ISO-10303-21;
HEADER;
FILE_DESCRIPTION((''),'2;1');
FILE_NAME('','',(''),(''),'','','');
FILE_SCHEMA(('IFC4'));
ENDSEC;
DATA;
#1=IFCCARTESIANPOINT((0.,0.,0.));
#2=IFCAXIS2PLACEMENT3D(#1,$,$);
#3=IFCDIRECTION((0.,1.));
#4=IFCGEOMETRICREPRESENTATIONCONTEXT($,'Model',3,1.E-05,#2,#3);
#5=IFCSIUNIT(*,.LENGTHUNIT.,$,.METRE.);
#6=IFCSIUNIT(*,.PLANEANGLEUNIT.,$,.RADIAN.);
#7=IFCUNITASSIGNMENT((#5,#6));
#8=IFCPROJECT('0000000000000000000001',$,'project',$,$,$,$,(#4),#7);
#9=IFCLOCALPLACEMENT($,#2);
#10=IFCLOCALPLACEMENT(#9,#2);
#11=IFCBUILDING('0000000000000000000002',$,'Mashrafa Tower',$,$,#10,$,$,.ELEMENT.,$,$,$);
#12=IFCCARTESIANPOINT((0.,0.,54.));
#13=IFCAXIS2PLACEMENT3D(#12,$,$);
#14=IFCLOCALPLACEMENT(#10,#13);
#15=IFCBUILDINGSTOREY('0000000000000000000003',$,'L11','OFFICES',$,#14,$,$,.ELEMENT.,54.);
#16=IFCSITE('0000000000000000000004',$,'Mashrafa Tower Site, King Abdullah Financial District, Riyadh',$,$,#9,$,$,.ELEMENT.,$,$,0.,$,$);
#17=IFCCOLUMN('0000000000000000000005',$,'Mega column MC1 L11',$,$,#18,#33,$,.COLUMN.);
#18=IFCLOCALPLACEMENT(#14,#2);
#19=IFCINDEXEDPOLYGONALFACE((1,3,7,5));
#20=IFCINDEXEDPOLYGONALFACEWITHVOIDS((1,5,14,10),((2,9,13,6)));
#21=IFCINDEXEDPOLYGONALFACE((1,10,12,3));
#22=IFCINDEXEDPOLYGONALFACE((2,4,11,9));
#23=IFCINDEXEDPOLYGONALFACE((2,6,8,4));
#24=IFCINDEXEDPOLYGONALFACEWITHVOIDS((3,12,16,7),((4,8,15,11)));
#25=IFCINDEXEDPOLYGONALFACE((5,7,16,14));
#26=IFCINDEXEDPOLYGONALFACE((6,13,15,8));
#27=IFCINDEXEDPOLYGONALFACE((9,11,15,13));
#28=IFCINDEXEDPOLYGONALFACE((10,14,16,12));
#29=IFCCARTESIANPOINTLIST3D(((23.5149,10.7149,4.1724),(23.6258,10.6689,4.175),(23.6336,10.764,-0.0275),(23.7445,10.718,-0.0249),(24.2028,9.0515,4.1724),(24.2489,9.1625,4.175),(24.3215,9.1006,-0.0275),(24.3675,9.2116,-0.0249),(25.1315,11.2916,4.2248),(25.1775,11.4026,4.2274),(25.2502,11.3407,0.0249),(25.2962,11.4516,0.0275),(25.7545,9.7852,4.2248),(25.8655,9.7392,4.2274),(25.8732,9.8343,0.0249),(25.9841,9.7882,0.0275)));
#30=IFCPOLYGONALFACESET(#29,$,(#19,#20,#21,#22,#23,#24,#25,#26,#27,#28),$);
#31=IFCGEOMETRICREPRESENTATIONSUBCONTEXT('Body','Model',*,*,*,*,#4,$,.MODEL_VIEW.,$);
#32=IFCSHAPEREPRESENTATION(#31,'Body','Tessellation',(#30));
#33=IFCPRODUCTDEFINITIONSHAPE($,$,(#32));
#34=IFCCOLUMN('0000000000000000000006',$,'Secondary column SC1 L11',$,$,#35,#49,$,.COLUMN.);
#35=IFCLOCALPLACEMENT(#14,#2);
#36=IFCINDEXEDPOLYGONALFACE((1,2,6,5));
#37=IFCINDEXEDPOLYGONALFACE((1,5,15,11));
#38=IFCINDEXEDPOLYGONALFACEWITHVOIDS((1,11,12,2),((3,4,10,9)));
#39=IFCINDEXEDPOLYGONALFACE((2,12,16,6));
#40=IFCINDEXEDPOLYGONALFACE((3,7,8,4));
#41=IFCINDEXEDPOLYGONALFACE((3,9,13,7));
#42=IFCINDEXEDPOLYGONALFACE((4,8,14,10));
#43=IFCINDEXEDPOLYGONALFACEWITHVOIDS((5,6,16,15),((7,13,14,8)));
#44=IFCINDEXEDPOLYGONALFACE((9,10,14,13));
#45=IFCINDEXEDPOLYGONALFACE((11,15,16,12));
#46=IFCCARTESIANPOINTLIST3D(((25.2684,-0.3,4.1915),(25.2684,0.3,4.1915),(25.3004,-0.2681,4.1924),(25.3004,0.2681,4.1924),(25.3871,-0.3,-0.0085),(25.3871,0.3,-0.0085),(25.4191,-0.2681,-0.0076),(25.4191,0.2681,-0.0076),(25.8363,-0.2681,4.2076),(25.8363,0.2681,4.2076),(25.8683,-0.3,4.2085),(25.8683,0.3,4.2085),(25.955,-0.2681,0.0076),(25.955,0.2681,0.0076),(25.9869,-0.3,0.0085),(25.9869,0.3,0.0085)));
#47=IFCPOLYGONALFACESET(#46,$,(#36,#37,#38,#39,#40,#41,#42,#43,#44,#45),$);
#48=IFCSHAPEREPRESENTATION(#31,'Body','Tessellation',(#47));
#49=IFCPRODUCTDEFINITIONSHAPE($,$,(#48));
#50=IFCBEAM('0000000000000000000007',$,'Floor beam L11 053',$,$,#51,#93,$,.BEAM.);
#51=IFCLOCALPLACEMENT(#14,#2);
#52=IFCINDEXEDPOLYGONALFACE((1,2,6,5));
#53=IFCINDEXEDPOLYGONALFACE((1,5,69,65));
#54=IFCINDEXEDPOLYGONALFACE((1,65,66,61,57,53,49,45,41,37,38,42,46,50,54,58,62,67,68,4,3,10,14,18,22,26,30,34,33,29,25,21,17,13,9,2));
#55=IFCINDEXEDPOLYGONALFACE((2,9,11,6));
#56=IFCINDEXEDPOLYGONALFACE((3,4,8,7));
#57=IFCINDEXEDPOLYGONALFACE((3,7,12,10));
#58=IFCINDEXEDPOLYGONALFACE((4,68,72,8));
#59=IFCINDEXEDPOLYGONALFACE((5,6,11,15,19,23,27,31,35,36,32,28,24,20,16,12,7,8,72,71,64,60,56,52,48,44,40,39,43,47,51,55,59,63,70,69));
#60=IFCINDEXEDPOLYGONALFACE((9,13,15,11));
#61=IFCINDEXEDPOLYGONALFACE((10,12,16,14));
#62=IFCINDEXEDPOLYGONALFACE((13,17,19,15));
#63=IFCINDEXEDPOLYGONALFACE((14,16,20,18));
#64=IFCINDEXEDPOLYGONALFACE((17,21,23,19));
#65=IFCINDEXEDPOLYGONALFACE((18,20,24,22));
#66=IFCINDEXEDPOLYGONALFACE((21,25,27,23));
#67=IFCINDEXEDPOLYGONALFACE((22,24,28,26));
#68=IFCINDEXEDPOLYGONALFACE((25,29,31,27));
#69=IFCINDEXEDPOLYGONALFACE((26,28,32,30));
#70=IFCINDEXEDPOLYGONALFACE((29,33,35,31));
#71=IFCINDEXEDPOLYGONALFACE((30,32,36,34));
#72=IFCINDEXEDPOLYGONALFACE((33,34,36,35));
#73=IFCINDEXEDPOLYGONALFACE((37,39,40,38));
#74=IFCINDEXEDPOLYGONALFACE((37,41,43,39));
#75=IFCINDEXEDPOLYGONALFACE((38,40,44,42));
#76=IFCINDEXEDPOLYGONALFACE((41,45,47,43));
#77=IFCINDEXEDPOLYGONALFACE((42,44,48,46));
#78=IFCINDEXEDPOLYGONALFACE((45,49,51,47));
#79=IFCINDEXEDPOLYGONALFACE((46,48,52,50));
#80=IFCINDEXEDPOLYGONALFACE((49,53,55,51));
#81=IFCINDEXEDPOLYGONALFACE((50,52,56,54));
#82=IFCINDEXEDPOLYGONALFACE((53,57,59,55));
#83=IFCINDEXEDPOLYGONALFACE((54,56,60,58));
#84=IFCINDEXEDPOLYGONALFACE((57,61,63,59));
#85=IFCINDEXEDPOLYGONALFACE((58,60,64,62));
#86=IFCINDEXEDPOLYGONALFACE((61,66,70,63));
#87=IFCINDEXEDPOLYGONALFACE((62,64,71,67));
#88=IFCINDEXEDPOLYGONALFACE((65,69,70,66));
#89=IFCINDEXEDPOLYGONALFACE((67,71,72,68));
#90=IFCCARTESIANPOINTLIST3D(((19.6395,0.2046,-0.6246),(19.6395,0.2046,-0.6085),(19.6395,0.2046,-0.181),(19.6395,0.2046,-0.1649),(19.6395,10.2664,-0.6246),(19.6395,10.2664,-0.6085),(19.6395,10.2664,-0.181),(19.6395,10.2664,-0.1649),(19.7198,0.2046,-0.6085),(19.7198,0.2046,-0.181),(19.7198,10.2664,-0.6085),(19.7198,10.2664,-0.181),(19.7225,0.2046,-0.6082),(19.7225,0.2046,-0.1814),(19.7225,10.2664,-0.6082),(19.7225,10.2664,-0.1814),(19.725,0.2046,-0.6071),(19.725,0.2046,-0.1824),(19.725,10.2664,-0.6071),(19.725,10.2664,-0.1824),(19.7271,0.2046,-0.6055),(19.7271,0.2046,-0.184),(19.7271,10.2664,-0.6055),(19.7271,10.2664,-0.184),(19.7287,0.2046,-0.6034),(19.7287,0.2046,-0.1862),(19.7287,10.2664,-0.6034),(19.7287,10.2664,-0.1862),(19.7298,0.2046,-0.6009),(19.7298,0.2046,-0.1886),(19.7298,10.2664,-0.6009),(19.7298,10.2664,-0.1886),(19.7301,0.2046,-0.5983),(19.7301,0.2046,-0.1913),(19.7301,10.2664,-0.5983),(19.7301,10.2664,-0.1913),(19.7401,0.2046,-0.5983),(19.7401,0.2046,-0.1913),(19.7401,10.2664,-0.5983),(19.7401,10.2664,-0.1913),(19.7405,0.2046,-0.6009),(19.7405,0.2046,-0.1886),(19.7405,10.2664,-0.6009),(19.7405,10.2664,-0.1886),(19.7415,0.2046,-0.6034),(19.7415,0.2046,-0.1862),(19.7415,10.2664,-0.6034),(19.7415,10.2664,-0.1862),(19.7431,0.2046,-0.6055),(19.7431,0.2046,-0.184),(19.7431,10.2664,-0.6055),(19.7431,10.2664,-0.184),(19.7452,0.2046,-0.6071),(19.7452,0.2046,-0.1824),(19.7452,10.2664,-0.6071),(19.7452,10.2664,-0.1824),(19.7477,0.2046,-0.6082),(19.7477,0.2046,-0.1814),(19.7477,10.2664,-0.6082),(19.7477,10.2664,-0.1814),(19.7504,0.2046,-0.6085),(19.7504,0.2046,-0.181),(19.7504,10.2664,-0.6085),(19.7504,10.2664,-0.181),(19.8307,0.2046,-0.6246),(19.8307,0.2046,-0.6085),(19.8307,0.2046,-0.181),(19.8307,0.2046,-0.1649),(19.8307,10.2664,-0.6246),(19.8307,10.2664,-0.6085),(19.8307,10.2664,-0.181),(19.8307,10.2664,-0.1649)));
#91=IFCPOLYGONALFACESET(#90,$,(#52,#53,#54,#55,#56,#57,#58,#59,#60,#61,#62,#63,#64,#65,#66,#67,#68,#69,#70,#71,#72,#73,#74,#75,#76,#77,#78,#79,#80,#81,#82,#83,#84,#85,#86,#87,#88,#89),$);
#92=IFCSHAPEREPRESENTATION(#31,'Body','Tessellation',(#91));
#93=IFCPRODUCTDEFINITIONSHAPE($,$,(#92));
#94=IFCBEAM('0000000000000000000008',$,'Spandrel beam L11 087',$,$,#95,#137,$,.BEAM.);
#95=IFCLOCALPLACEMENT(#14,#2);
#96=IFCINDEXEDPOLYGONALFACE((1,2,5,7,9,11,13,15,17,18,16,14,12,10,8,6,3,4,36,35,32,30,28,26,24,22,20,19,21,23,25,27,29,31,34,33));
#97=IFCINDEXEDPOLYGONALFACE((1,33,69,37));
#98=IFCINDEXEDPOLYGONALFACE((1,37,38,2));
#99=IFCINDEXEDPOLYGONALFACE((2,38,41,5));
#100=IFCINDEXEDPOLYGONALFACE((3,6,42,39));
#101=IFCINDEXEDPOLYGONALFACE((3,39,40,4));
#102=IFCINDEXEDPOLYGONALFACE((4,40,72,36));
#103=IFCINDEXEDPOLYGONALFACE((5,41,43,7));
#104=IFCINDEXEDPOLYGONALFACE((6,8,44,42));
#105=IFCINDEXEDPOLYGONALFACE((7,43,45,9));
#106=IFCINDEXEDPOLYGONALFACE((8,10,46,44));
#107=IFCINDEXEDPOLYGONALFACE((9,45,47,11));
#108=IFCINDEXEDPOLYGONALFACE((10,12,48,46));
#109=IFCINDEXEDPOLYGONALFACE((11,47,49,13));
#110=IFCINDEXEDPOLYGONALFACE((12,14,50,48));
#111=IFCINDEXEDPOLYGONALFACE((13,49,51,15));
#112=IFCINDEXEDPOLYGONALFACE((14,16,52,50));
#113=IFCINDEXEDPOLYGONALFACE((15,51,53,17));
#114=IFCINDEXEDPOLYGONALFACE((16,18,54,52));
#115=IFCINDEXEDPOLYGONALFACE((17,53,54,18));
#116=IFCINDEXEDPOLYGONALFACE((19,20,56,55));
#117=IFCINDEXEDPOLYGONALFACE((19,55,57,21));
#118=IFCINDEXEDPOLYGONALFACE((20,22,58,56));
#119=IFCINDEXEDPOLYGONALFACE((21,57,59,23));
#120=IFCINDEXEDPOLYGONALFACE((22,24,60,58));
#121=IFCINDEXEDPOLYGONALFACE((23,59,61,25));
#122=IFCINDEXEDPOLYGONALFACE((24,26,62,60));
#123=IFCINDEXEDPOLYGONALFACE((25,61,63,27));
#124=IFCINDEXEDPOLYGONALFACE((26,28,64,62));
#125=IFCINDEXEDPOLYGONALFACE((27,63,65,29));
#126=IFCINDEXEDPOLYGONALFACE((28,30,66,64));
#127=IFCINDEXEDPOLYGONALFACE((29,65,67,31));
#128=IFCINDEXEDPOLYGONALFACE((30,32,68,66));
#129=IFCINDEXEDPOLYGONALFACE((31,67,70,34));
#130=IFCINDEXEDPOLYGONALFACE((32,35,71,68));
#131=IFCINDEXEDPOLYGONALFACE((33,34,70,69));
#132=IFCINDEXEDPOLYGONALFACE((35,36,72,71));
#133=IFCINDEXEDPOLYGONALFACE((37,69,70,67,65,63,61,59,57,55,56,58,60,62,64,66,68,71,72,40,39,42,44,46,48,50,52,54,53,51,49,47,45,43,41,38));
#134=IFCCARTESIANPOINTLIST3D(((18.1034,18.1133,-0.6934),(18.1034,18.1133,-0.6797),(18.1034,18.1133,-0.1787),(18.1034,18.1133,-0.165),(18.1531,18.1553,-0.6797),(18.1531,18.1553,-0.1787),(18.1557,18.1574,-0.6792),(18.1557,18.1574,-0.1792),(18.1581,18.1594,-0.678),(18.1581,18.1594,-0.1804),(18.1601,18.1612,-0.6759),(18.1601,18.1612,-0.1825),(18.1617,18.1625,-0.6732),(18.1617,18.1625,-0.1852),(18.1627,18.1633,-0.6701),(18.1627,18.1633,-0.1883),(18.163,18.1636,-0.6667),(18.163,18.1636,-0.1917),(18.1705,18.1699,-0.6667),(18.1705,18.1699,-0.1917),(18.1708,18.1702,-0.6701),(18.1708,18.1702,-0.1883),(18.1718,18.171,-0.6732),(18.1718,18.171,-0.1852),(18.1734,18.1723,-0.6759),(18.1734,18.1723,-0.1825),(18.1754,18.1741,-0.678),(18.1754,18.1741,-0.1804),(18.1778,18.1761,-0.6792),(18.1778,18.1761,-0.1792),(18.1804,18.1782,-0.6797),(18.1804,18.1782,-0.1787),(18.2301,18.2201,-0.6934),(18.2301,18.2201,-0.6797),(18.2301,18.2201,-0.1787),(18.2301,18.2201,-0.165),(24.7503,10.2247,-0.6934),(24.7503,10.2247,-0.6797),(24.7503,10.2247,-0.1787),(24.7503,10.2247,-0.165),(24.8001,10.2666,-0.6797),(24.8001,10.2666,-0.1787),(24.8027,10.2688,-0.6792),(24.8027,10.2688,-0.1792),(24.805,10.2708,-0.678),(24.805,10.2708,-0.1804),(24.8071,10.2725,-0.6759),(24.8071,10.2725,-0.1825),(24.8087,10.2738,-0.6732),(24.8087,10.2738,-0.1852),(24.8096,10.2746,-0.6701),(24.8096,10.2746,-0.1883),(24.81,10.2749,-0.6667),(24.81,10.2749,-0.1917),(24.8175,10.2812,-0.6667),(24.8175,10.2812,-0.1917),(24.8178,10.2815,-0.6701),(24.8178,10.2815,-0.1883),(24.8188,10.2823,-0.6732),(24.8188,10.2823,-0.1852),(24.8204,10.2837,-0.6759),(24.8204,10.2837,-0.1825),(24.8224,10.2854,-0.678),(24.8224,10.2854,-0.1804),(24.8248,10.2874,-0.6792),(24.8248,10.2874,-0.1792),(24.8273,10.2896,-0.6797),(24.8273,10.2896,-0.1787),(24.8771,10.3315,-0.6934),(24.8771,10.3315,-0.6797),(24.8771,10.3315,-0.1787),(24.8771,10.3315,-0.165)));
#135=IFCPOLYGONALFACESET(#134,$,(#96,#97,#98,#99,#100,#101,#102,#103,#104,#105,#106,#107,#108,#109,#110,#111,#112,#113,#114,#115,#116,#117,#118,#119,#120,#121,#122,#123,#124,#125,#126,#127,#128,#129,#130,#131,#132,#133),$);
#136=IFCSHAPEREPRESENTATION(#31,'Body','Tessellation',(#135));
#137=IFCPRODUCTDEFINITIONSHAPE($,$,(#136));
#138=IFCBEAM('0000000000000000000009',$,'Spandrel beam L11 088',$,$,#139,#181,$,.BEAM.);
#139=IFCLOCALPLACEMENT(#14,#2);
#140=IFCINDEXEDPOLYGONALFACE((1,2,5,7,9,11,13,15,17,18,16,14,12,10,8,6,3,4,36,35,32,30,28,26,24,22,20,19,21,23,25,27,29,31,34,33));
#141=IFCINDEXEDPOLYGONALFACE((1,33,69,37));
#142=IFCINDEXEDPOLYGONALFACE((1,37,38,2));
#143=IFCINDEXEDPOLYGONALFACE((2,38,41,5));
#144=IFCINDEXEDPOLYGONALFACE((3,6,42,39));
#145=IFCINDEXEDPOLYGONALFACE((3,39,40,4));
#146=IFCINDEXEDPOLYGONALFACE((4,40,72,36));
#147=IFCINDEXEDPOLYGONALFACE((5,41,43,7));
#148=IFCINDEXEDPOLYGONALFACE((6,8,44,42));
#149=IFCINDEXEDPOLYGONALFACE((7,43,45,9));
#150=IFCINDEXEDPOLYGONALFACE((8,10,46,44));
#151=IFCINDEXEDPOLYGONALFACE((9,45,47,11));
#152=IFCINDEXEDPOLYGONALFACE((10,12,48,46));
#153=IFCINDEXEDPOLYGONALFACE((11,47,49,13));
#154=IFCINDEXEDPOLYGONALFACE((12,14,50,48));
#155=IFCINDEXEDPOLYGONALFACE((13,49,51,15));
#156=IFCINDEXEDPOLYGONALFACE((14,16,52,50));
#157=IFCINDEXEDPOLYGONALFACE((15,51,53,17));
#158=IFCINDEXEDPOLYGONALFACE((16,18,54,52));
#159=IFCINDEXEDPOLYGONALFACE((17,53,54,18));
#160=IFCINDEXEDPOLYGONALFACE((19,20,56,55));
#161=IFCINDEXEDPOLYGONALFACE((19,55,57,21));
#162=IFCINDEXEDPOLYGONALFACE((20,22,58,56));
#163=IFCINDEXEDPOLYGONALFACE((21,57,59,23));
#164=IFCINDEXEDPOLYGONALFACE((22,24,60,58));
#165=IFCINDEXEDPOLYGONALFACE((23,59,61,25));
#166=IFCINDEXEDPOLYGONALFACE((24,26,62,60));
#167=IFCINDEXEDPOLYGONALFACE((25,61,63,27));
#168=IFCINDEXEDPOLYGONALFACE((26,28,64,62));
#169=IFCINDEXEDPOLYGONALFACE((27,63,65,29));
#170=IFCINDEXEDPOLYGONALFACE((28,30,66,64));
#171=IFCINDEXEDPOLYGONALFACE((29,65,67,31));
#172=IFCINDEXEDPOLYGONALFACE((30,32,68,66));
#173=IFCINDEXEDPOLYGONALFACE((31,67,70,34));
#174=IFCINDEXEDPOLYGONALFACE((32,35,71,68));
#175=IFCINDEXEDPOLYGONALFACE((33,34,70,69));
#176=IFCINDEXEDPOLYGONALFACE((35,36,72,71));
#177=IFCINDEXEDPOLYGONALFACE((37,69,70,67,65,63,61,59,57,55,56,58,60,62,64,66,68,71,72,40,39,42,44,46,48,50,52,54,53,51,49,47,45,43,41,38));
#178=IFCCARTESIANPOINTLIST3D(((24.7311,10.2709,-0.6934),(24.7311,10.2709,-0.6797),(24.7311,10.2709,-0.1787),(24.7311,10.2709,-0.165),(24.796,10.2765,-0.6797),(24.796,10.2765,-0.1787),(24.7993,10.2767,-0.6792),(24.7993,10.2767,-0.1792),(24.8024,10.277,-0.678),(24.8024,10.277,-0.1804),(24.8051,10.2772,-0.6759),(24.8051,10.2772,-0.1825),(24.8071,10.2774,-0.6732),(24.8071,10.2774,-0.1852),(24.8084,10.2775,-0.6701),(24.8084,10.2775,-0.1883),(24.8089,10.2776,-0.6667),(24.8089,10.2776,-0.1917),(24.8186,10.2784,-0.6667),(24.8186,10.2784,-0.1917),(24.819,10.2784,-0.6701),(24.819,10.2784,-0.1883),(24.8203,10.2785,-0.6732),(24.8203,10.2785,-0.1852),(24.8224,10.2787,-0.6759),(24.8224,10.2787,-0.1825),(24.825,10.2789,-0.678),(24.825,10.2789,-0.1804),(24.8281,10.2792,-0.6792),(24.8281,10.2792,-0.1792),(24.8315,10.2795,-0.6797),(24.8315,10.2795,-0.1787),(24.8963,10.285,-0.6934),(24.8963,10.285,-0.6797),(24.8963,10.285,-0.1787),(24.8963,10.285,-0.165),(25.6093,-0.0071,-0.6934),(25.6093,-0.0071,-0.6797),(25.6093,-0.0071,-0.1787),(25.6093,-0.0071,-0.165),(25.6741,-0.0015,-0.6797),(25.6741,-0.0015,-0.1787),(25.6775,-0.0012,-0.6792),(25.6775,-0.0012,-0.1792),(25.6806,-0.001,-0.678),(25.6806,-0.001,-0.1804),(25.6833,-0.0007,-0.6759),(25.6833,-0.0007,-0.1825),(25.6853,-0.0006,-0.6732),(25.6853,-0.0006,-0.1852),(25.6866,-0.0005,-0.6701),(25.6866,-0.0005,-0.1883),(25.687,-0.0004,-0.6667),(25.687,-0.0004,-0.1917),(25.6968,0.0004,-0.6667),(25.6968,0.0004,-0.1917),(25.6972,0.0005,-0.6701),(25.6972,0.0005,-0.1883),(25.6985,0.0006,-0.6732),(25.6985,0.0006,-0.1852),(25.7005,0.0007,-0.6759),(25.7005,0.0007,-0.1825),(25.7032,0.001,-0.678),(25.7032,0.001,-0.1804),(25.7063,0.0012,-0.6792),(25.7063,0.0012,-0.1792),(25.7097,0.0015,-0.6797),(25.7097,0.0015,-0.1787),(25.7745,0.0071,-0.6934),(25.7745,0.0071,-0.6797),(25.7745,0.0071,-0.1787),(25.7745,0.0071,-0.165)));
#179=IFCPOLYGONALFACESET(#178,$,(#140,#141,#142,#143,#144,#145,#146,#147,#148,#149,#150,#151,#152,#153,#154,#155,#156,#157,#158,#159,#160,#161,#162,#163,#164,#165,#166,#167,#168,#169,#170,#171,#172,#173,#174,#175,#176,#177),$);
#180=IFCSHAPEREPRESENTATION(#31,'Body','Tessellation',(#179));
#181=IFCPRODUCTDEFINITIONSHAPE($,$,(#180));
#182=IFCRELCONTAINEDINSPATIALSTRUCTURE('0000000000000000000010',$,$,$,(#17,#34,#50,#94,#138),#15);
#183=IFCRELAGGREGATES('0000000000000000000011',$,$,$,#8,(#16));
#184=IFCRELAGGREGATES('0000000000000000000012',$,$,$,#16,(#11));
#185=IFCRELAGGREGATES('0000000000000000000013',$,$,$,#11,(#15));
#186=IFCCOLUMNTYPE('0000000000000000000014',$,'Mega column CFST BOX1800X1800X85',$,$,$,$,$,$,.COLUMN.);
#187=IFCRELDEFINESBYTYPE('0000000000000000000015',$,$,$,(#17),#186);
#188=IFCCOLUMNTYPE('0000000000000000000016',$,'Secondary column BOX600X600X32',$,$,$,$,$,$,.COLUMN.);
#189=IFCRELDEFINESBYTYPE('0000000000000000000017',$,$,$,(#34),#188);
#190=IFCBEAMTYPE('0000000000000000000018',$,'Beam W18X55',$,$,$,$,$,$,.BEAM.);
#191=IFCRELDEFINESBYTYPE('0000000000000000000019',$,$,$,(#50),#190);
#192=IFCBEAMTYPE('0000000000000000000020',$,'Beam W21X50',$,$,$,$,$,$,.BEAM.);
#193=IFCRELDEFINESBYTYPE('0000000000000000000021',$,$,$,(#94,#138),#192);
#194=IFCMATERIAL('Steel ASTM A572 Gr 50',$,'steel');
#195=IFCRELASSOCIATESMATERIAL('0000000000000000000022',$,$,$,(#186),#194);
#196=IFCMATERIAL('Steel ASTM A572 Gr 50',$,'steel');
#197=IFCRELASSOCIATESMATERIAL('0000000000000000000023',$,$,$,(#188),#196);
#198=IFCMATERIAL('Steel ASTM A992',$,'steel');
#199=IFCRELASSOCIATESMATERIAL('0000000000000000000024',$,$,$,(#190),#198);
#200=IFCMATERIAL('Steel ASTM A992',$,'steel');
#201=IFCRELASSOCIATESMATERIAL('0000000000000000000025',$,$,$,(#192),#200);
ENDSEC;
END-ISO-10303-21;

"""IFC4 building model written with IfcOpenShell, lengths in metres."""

from ifc_helpers import new_model, si_unit, direction, frame, origin, origin_2d, place, context, subcontext, project, spatial, hollow_rectangle, i_section, extrude, material, material_profile, profile_set, type_object, element, save


model = new_model("IFC4")

# Units and contexts
model_context = context("Model", 3, precision=1e-05, world=origin(), true_north=direction((0.0, 1.0)))
body_context = subcontext(model_context, "Body", "Model", "MODEL_VIEW")
ifc_project = project(units=[si_unit("LENGTHUNIT", "METRE"), si_unit("PLANEANGLEUNIT", "RADIAN")], contexts=[model_context])

# Site, building, storey
site_placement = place(None, origin())
site = spatial("IfcSite", under=ifc_project, at=site_placement, Name="Mashrafa Tower Site, King Abdullah Financial District, Riyadh", CompositionType="ELEMENT", RefElevation=0.0)
building_placement = place(site_placement, origin())
building = spatial("IfcBuilding", under=site, at=building_placement, Name="Mashrafa Tower", CompositionType="ELEMENT")
storey_placement = place(building_placement, frame((0.0, 0.0, 54.0)))
storey = spatial("IfcBuildingStorey", under=building, at=storey_placement, Name="L11", Description="OFFICES", CompositionType="ELEMENT", Elevation=54.0)

# Columns
ifc_material_1 = material(Name="Steel ASTM A572 Gr 50", Category="steel")
ifc_material_profile_1 = material_profile(ifc_material_1, hollow_rectangle(XDim=1.8, YDim=1.8, WallThickness=0.085, at=origin_2d()), Name="BOX1800X1800X85")
ifc_profile_set_1 = profile_set([ifc_material_profile_1], Name="Steel ASTM A572 Gr 50")
column_type_1 = type_object("IfcColumnType", Name="Mega column CFST BOX1800X1800X85", PredefinedType="COLUMN", material=ifc_profile_set_1)
column_1_placement = place(storey_placement, frame((24.8088, 10.2761, 0.0), z_axis=(-0.028238, -0.011679, 0.999533), x_axis=(0.382184, -0.924086, 0.0)))
element("IfcColumn", 1, at=column_1_placement, inside=storey, type_object=column_type_1, Name="Mega column MC1 L11", PredefinedType="COLUMN", context=body_context, shape_type="SweptSolid", body=[
    extrude(hollow_rectangle(XDim=1.8, YDim=1.8, WallThickness=0.085, at=origin_2d()), origin(), (0.0, 0.0, 1.0), 4.2019),
])
ifc_material_2 = material(Name="Steel ASTM A572 Gr 50", Category="steel")
ifc_material_profile_2 = material_profile(ifc_material_2, hollow_rectangle(XDim=0.6001, YDim=0.6001, WallThickness=0.032, at=origin_2d()), Name="BOX600X600X32")
ifc_profile_set_2 = profile_set([ifc_material_profile_2], Name="Steel ASTM A572 Gr 50")
column_type_2 = type_object("IfcColumnType", Name="Secondary column BOX600X600X32", PredefinedType="COLUMN", material=ifc_profile_set_2)
column_2_placement = place(storey_placement, frame((25.687, 0.0, 0.0), z_axis=(-0.02824, 0.0, 0.999601), x_axis=(0.0, -1.0, 0.0)))
element("IfcColumn", 2, at=column_2_placement, inside=storey, type_object=column_type_2, Name="Secondary column SC1 L11", PredefinedType="COLUMN", context=body_context, shape_type="SweptSolid", body=[
    extrude(hollow_rectangle(XDim=0.6001, YDim=0.6001, WallThickness=0.032, at=origin_2d()), origin(), (0.0, 0.0, 1.0), 4.2017),
])

# Beams
ifc_material_3 = material(Name="Steel ASTM A992", Category="steel")
ifc_material_profile_3 = material_profile(ifc_material_3, i_section(OverallWidth=0.1912, OverallDepth=0.4597, WebThickness=0.01, FlangeThickness=0.0161, FilletRadius=0.0103, at=origin_2d()), Name="W18X55")
ifc_profile_set_3 = profile_set([ifc_material_profile_3], Name="Steel ASTM A992")
beam_type_1 = type_object("IfcBeamType", Name="Beam W18X55", PredefinedType="BEAM", material=ifc_profile_set_3)
beam_1_placement = place(storey_placement, frame((19.7351, 10.2664, -0.3948), z_axis=(0.0, -1.0, 0.0), x_axis=(1.0, 0.0, 0.0)))
element("IfcBeam", 3, at=beam_1_placement, inside=storey, type_object=beam_type_1, Name="Floor beam L11 053", PredefinedType="BEAM", context=body_context, shape_type="SweptSolid", body=[
    extrude(i_section(OverallWidth=0.1912, OverallDepth=0.4597, WebThickness=0.01, FlangeThickness=0.0161, FilletRadius=0.0103, at=origin_2d()), origin(), (0.0, 0.0, 1.0), 10.0618),
])
ifc_material_4 = material(Name="Steel ASTM A992", Category="steel")
ifc_material_profile_4 = material_profile(ifc_material_4, i_section(OverallWidth=0.1658, OverallDepth=0.5283, WebThickness=0.0098, FlangeThickness=0.0137, FilletRadius=0.0129, at=origin_2d()), Name="W21X50")
ifc_profile_set_4 = profile_set([ifc_material_profile_4], Name="Steel ASTM A992")
beam_type_2 = type_object("IfcBeamType", Name="Beam W21X50", PredefinedType="BEAM", material=ifc_profile_set_4)
beam_2_placement = place(storey_placement, frame((24.8137, 10.2781, -0.4292), z_axis=(-0.644356, 0.764726, 0.0), x_axis=(-0.764726, -0.644356, 0.0)))
element("IfcBeam", 4, at=beam_2_placement, inside=storey, type_object=beam_type_2, Name="Spandrel beam L11 087", PredefinedType="BEAM", context=body_context, shape_type="SweptSolid", body=[
    extrude(i_section(OverallWidth=0.1658, OverallDepth=0.5283, WebThickness=0.0098, FlangeThickness=0.0137, FilletRadius=0.0129, at=origin_2d()), origin(), (0.0, 0.0, 1.0), 10.3157),
])
beam_3_placement = place(storey_placement, frame((25.6919, 0.0, -0.4292), z_axis=(-0.085131, 0.99637, 0.0), x_axis=(-0.99637, -0.085131, 0.0)))
element("IfcBeam", 5, at=beam_3_placement, inside=storey, type_object=beam_type_2, Name="Spandrel beam L11 088", PredefinedType="BEAM", context=body_context, shape_type="SweptSolid", body=[
    extrude(i_section(OverallWidth=0.1658, OverallDepth=0.5283, WebThickness=0.0098, FlangeThickness=0.0137, FilletRadius=0.0129, at=origin_2d()), origin(), (0.0, 0.0, 1.0), 10.3154),
])

save(model, "model.ifc")
